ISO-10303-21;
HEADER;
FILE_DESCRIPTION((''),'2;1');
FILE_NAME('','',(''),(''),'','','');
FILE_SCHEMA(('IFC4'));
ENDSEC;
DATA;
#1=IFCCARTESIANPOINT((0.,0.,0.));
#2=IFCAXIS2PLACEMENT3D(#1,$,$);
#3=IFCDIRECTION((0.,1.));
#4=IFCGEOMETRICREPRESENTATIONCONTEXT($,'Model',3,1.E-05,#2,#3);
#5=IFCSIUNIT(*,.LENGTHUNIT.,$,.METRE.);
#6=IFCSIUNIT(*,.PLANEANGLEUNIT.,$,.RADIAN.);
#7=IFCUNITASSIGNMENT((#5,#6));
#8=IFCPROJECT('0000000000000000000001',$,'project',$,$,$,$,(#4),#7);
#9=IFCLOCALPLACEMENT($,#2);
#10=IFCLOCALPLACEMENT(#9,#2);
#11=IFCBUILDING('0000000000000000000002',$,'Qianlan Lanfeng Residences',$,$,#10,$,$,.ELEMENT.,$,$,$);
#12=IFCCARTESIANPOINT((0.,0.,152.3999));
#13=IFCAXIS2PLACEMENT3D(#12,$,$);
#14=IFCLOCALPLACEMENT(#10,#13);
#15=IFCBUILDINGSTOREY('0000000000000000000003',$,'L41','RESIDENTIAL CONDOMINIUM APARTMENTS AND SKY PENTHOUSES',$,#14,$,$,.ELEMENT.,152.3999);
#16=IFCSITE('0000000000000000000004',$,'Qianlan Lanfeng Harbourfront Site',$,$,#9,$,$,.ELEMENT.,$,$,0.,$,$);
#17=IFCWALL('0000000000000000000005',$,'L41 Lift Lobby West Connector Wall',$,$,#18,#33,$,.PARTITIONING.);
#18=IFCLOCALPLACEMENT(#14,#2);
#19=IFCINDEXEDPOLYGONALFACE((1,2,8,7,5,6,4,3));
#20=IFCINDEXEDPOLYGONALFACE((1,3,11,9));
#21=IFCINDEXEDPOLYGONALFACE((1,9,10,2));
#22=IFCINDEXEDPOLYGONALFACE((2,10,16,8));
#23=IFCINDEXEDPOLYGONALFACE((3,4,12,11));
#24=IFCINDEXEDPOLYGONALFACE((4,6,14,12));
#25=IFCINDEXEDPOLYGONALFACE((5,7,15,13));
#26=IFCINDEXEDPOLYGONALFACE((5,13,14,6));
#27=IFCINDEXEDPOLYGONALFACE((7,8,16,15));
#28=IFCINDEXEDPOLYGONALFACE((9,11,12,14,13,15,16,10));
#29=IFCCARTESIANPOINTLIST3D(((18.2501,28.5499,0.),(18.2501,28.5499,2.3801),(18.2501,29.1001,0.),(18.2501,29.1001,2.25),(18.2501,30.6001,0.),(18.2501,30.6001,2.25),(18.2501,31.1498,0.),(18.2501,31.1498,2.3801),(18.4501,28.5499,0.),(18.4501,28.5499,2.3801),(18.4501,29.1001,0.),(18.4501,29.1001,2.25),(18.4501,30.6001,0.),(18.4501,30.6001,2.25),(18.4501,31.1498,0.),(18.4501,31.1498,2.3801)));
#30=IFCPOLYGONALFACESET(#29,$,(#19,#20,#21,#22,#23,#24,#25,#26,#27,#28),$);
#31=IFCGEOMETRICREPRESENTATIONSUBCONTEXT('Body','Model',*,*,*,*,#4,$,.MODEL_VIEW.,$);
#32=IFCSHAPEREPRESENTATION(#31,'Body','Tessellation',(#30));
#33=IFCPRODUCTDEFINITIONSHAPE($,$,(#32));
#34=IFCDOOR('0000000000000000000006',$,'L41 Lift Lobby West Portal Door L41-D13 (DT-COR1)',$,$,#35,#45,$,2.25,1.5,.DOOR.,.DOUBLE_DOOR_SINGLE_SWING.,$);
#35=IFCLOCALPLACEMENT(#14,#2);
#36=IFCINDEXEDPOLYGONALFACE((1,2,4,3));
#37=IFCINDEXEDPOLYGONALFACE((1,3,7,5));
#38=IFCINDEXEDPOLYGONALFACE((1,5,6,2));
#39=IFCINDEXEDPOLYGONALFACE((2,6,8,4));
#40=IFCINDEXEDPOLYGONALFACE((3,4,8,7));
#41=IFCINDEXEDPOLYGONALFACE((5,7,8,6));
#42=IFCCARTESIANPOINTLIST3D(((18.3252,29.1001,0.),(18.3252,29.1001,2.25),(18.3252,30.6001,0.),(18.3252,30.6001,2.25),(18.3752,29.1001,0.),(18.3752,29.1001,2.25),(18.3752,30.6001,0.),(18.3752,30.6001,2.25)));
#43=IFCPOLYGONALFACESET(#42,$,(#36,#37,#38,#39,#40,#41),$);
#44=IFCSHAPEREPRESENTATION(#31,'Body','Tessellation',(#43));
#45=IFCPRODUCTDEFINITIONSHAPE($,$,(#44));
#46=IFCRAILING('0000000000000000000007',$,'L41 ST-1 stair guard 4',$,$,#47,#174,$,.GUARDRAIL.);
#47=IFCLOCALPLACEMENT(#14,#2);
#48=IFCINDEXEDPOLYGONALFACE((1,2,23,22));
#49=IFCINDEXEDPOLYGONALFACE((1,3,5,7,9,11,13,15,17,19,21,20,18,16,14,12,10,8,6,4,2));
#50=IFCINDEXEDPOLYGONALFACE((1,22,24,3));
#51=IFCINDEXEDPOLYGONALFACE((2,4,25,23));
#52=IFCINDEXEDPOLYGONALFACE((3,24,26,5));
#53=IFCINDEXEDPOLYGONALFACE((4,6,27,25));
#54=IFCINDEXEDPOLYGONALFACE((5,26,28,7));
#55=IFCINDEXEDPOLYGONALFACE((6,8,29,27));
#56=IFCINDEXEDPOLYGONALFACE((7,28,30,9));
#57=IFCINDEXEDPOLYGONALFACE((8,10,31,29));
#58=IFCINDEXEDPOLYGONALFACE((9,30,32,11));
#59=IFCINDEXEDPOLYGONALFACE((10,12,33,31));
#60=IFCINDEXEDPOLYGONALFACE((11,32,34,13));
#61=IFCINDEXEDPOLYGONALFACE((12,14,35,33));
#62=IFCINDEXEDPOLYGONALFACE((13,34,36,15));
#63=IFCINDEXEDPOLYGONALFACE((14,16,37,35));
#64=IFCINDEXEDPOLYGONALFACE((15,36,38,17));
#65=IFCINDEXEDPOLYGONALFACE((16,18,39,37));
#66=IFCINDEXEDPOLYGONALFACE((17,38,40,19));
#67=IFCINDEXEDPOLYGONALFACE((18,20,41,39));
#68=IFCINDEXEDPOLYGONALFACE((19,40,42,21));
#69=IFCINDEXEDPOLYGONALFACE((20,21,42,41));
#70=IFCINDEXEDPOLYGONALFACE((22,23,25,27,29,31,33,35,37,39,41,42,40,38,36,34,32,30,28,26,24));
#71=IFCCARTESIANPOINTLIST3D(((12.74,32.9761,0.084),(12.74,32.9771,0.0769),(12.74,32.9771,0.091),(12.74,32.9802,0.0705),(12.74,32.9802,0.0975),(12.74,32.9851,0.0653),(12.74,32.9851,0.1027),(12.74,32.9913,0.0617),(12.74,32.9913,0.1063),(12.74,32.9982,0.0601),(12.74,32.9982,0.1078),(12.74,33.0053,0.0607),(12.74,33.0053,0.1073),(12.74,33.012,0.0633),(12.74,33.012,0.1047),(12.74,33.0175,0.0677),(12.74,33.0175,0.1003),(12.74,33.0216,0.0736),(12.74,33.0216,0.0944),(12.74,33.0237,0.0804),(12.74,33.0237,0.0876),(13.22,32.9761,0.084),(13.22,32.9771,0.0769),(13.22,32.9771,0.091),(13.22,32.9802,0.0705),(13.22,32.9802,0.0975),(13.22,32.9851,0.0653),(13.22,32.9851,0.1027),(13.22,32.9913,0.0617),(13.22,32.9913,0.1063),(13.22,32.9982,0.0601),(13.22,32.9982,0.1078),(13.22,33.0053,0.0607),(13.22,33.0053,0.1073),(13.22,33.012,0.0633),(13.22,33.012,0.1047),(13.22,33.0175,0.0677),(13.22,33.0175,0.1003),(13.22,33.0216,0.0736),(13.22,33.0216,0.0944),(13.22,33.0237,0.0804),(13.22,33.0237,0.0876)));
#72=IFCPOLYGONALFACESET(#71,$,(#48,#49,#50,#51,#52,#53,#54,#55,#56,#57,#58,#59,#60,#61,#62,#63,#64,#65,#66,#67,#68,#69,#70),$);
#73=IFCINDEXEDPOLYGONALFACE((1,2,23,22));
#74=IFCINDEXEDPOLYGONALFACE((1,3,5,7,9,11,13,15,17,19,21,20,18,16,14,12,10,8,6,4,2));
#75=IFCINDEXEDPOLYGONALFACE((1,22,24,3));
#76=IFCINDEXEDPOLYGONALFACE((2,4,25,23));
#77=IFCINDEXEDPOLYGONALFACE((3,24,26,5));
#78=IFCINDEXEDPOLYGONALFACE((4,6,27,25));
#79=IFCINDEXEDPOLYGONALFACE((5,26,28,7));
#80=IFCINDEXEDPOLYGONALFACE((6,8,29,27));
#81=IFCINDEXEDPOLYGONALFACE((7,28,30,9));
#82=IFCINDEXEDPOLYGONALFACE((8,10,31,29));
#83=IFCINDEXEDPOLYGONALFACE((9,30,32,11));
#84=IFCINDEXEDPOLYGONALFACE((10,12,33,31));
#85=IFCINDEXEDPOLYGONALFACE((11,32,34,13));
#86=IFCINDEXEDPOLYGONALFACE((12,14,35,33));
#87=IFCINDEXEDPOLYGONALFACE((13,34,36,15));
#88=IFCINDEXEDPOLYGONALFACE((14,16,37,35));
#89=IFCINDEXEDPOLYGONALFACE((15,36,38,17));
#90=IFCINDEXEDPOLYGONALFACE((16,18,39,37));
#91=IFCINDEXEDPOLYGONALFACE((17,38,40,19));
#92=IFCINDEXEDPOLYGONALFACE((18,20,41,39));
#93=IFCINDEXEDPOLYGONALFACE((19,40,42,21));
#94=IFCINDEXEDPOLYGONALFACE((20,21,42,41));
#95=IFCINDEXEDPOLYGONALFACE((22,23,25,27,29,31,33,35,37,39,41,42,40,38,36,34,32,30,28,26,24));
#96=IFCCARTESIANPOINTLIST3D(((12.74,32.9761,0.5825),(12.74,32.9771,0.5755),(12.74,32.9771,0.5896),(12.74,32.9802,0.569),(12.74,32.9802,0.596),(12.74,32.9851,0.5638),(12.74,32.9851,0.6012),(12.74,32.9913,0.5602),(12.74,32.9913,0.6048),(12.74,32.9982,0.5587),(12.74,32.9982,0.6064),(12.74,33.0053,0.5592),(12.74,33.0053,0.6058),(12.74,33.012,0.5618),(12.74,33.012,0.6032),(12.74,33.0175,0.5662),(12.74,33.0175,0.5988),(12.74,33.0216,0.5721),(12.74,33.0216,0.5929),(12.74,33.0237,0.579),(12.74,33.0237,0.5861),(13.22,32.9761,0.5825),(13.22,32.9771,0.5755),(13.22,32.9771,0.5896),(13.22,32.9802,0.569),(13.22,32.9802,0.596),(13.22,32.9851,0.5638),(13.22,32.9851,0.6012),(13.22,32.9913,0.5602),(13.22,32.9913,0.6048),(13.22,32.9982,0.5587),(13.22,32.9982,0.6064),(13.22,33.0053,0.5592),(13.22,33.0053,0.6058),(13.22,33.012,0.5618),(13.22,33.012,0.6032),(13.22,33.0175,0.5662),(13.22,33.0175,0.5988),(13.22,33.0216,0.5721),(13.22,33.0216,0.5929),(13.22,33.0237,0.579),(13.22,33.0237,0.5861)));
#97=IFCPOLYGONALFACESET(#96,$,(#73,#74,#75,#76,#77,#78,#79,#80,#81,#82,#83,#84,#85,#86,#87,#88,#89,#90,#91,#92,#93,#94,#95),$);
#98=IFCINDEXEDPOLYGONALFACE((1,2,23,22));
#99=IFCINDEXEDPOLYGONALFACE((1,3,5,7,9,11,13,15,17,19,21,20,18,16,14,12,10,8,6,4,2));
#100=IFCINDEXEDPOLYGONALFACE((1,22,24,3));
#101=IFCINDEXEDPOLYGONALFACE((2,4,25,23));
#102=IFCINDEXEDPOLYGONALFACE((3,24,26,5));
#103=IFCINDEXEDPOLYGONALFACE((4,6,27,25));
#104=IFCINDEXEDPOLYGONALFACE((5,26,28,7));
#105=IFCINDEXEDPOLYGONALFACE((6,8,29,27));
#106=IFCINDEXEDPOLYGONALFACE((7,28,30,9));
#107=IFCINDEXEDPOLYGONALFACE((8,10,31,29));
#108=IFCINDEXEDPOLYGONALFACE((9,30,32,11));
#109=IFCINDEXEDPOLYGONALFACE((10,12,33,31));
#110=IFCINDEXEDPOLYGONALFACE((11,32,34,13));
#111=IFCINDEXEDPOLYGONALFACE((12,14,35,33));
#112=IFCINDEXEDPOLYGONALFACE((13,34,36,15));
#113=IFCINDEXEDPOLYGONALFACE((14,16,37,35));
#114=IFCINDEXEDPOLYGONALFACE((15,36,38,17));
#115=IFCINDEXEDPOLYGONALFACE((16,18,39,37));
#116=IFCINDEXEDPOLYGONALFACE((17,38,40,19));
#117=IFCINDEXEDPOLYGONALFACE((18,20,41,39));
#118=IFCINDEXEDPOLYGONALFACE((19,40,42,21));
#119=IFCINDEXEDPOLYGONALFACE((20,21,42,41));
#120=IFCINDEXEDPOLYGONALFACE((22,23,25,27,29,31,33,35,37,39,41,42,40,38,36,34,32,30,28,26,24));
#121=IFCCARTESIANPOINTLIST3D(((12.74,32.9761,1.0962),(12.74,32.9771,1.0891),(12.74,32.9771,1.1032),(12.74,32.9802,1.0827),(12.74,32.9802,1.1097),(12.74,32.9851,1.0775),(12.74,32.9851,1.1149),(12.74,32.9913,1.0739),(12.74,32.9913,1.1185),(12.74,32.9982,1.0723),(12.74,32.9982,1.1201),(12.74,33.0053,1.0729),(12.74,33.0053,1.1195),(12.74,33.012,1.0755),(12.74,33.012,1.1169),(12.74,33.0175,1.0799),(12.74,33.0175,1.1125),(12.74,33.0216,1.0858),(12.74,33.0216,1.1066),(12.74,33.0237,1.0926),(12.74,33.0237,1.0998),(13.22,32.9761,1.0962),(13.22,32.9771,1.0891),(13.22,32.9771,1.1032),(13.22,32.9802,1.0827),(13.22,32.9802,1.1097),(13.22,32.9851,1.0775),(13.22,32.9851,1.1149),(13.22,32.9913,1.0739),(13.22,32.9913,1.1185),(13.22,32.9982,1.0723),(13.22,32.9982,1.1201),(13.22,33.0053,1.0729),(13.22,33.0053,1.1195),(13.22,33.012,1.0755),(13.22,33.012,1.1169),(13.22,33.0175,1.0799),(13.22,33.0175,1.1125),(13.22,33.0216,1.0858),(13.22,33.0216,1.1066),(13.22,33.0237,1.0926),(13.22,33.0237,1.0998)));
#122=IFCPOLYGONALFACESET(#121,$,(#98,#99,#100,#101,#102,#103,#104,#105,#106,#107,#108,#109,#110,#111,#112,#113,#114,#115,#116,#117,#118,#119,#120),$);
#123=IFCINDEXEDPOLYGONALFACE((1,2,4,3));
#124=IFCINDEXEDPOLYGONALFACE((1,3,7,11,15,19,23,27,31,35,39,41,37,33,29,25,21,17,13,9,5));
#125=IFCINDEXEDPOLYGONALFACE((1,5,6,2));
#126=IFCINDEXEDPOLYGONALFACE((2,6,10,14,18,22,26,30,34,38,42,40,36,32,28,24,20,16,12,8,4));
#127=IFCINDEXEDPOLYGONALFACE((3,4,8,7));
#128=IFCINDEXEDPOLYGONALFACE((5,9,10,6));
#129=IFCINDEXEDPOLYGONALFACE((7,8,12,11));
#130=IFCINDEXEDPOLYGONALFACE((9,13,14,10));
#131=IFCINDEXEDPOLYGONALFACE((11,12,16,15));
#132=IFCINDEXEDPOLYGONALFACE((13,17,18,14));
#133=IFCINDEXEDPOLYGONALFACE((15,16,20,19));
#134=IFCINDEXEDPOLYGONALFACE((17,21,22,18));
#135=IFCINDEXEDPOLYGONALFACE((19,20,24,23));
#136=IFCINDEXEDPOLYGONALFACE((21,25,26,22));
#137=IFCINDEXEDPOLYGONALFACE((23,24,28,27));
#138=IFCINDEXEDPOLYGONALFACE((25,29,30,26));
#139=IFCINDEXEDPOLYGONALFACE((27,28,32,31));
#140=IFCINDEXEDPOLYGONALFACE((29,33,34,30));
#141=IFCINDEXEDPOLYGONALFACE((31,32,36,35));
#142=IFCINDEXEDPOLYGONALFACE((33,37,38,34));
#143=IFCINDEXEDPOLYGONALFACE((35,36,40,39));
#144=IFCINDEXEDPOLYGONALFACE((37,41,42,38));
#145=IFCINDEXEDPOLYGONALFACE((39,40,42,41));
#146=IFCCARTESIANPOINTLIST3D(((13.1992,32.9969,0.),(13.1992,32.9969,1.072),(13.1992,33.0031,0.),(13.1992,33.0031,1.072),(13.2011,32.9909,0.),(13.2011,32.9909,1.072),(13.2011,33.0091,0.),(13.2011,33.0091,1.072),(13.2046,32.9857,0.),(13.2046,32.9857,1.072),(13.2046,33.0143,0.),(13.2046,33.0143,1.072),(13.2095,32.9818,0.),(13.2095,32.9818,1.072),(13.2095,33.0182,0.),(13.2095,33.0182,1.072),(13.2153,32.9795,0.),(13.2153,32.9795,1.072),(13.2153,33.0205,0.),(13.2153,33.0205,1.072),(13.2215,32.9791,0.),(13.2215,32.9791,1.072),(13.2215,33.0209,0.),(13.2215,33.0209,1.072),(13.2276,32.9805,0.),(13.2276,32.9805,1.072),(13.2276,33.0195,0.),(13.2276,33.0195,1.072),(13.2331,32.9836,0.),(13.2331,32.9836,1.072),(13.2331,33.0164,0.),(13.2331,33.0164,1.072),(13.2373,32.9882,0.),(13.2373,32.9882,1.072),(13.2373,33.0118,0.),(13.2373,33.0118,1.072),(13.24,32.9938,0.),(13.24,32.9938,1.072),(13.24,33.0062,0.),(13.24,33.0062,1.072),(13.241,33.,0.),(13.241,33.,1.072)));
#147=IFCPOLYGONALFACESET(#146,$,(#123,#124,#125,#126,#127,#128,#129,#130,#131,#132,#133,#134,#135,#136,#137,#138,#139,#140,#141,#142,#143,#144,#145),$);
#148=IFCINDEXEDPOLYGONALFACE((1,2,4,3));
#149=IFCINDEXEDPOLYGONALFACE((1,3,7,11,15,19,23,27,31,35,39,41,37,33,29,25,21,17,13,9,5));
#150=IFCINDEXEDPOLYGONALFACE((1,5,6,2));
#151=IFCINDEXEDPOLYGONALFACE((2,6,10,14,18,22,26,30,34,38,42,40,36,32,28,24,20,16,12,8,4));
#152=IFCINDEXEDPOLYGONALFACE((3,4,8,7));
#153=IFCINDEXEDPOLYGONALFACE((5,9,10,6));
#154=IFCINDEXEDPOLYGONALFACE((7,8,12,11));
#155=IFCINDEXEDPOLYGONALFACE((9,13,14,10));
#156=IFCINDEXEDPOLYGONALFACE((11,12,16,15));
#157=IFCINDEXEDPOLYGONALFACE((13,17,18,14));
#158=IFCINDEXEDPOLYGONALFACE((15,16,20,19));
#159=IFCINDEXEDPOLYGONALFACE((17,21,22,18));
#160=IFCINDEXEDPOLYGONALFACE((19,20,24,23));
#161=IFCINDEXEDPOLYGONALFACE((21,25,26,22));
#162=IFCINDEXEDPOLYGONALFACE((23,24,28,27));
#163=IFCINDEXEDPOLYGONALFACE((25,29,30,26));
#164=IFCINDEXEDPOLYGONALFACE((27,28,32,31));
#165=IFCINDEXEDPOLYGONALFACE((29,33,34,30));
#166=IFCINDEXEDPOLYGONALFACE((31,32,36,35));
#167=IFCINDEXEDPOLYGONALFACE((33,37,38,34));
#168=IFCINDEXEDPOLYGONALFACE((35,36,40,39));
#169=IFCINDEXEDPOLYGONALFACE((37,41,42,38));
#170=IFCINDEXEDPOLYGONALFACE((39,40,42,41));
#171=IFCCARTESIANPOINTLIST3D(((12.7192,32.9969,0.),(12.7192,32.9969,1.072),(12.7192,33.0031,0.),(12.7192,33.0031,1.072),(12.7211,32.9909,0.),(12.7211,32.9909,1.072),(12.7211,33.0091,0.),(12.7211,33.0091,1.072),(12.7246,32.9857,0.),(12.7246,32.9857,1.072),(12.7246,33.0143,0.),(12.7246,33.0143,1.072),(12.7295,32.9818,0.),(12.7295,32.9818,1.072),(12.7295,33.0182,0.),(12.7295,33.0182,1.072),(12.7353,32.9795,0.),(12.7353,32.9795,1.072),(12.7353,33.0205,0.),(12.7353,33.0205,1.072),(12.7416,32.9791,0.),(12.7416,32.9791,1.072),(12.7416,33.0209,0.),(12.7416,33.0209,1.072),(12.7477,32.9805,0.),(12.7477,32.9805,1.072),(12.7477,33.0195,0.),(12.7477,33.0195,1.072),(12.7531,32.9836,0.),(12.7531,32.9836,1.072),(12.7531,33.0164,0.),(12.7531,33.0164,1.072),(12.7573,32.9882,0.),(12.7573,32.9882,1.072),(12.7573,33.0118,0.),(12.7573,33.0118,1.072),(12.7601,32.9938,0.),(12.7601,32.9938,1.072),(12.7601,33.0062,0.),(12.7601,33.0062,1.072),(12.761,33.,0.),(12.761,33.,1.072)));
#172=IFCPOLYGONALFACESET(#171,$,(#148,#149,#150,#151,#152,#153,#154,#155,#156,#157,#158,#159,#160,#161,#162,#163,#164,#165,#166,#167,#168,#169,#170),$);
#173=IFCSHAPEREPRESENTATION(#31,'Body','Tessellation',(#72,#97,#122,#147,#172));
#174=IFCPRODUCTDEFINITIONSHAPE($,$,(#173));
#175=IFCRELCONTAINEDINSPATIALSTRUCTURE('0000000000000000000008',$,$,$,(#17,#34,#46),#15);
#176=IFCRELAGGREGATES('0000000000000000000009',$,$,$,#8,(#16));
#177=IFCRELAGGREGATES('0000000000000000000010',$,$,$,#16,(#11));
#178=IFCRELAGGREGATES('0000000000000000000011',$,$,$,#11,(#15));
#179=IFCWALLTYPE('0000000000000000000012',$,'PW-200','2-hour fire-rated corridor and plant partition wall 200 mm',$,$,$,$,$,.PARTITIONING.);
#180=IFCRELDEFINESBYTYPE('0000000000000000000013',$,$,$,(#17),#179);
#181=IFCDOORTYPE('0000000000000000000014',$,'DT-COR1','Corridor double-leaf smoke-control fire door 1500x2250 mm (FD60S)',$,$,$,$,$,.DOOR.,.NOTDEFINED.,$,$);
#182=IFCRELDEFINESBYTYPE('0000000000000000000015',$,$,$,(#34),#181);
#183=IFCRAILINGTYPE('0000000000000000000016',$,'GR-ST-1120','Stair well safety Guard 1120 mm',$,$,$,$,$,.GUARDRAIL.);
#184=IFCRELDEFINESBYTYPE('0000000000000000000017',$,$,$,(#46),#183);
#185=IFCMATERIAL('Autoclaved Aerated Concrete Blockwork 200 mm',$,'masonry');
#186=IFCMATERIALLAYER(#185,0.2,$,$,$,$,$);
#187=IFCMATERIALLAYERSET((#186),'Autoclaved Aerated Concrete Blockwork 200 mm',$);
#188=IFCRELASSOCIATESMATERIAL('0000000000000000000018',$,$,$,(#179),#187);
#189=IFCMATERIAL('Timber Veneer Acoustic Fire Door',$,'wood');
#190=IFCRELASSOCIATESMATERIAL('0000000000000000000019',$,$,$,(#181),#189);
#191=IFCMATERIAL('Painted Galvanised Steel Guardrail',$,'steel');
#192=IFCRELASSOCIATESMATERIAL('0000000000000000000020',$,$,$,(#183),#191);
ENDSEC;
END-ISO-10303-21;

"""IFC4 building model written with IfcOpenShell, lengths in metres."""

from ifc_helpers import new_model, si_unit, direction, frame, frame_2d, origin, origin_2d, place, context, subcontext, project, spatial, rectangle, circle, extrude, material, layer, layer_set, type_object, element, fill, save


model = new_model("IFC4")

# Units and contexts
model_context = context("Model", 3, precision=1e-05, world=origin(), true_north=direction((0.0, 1.0)))
body_context = subcontext(model_context, "Body", "Model", "MODEL_VIEW")
ifc_project = project(units=[si_unit("LENGTHUNIT", "METRE"), si_unit("PLANEANGLEUNIT", "RADIAN")], contexts=[model_context])

# Site, building, storey
site_placement = place(None, origin())
site = spatial("IfcSite", under=ifc_project, at=site_placement, Name="Qianlan Lanfeng Harbourfront Site", CompositionType="ELEMENT", RefElevation=0.0)
building_placement = place(site_placement, origin())
building = spatial("IfcBuilding", under=site, at=building_placement, Name="Qianlan Lanfeng Residences", CompositionType="ELEMENT")
storey_placement = place(building_placement, frame((0.0, 0.0, 152.3999)))
storey = spatial("IfcBuildingStorey", under=building, at=storey_placement, Name="L41", Description="RESIDENTIAL CONDOMINIUM APARTMENTS AND SKY PENTHOUSES", CompositionType="ELEMENT", Elevation=152.3999)

# Wall, opening, door
ifc_material_1 = material(Name="Autoclaved Aerated Concrete Blockwork 200 mm", Category="masonry")
ifc_layer_1 = layer(ifc_material_1, 0.2)
ifc_layer_set_1 = layer_set([ifc_layer_1], Name="Autoclaved Aerated Concrete Blockwork 200 mm")
wall_type_1 = type_object("IfcWallType", Name="PW-200", Description="2-hour fire-rated corridor and plant partition wall 200 mm", PredefinedType="PARTITIONING", material=ifc_layer_set_1)
wall_1_placement = place(storey_placement, frame((18.3501, 28.55, 0.0), z_axis=(0.0, 0.0, 1.0), x_axis=(0.0, 1.0, 0.0)))
wall_1 = element("IfcWall", 1, at=wall_1_placement, inside=storey, type_object=wall_type_1, Name="L41 Lift Lobby West Connector Wall", PredefinedType="PARTITIONING", context=body_context, shape_type="SweptSolid", body=[
    extrude(rectangle(XDim=2.5999, YDim=0.2, at=frame_2d((1.2998, 0.0))), origin(), (0.0, 0.0, 1.0), 2.3801),
])
opening_1_placement = place(wall_1_placement, frame((0.55, 0.0, 0.0)))
opening_1 = element("IfcOpeningElement", 2, at=opening_1_placement, cuts=wall_1, PredefinedType="OPENING", context=body_context, shape_type="SweptSolid", body=[
    extrude(rectangle(XDim=1.5, YDim=2.25, at=frame_2d((0.75, 1.125))), frame((0.0, 0.1099, 0.0), z_axis=(0.0, -1.0, 0.0), x_axis=(1.0, 0.0, 0.0)), (0.0, 0.0, 1.0), 0.22),
])
ifc_material_2 = material(Name="Timber Veneer Acoustic Fire Door", Category="wood")
door_type_1 = type_object("IfcDoorType", Name="DT-COR1", Description="Corridor double-leaf smoke-control fire door 1500x2250 mm (FD60S)", OperationType="NOTDEFINED", PredefinedType="DOOR", material=ifc_material_2)
door_1_placement = place(opening_1_placement, origin())
door_1 = element("IfcDoor", 3, at=door_1_placement, inside=storey, type_object=door_type_1, Name="L41 Lift Lobby West Portal Door L41-D13 (DT-COR1)", OperationType="DOUBLE_DOOR_SINGLE_SWING", OverallHeight=2.25, OverallWidth=1.5, PredefinedType="DOOR", context=body_context, shape_type="SweptSolid", body=[
    extrude(rectangle(XDim=1.5, YDim=2.25, at=frame_2d((0.75, 1.125))), frame((0.0, 0.0249, 0.0), z_axis=(0.0, -1.0, 0.0), x_axis=(1.0, 0.0, 0.0)), (0.0, 0.0, 1.0), 0.05),
])
fill(opening_1, door_1)

# Railing
ifc_material_3 = material(Name="Painted Galvanised Steel Guardrail", Category="steel")
railing_type = type_object("IfcRailingType", Name="GR-ST-1120", Description="Stair well safety Guard 1120 mm", PredefinedType="GUARDRAIL", material=ifc_material_3)
railing_placement = place(storey_placement, frame((13.22, 33.0, 0.0)))
element("IfcRailing", 4, at=railing_placement, inside=storey, type_object=railing_type, Name="L41 ST-1 stair guard 4", PredefinedType="GUARDRAIL", context=body_context, shape_type="SweptSolid", body=[
    extrude(circle(Radius=0.0239, at=origin_2d()), frame((0.0, 0.0, 0.084), z_axis=(-1.0, 0.0, 0.0), x_axis=(0.0, -1.0, 0.0)), (0.0, 0.0, 1.0), 0.48),
    extrude(circle(Radius=0.0239, at=origin_2d()), frame((0.0, 0.0, 0.5825), z_axis=(-1.0, 0.0, 0.0), x_axis=(0.0, -1.0, 0.0)), (0.0, 0.0, 1.0), 0.48),
    extrude(circle(Radius=0.0239, at=origin_2d()), frame((0.0, 0.0, 1.0962), z_axis=(-1.0, 0.0, 0.0), x_axis=(0.0, -1.0, 0.0)), (0.0, 0.0, 1.0), 0.48),
    extrude(circle(Radius=0.021, at=origin_2d()), origin(), (0.0, 0.0, 1.0), 1.072),
    extrude(circle(Radius=0.021, at=origin_2d()), frame((-0.48, 0.0, 0.0)), (0.0, 0.0, 1.0), 1.072),
])

save(model, "model.ifc")
